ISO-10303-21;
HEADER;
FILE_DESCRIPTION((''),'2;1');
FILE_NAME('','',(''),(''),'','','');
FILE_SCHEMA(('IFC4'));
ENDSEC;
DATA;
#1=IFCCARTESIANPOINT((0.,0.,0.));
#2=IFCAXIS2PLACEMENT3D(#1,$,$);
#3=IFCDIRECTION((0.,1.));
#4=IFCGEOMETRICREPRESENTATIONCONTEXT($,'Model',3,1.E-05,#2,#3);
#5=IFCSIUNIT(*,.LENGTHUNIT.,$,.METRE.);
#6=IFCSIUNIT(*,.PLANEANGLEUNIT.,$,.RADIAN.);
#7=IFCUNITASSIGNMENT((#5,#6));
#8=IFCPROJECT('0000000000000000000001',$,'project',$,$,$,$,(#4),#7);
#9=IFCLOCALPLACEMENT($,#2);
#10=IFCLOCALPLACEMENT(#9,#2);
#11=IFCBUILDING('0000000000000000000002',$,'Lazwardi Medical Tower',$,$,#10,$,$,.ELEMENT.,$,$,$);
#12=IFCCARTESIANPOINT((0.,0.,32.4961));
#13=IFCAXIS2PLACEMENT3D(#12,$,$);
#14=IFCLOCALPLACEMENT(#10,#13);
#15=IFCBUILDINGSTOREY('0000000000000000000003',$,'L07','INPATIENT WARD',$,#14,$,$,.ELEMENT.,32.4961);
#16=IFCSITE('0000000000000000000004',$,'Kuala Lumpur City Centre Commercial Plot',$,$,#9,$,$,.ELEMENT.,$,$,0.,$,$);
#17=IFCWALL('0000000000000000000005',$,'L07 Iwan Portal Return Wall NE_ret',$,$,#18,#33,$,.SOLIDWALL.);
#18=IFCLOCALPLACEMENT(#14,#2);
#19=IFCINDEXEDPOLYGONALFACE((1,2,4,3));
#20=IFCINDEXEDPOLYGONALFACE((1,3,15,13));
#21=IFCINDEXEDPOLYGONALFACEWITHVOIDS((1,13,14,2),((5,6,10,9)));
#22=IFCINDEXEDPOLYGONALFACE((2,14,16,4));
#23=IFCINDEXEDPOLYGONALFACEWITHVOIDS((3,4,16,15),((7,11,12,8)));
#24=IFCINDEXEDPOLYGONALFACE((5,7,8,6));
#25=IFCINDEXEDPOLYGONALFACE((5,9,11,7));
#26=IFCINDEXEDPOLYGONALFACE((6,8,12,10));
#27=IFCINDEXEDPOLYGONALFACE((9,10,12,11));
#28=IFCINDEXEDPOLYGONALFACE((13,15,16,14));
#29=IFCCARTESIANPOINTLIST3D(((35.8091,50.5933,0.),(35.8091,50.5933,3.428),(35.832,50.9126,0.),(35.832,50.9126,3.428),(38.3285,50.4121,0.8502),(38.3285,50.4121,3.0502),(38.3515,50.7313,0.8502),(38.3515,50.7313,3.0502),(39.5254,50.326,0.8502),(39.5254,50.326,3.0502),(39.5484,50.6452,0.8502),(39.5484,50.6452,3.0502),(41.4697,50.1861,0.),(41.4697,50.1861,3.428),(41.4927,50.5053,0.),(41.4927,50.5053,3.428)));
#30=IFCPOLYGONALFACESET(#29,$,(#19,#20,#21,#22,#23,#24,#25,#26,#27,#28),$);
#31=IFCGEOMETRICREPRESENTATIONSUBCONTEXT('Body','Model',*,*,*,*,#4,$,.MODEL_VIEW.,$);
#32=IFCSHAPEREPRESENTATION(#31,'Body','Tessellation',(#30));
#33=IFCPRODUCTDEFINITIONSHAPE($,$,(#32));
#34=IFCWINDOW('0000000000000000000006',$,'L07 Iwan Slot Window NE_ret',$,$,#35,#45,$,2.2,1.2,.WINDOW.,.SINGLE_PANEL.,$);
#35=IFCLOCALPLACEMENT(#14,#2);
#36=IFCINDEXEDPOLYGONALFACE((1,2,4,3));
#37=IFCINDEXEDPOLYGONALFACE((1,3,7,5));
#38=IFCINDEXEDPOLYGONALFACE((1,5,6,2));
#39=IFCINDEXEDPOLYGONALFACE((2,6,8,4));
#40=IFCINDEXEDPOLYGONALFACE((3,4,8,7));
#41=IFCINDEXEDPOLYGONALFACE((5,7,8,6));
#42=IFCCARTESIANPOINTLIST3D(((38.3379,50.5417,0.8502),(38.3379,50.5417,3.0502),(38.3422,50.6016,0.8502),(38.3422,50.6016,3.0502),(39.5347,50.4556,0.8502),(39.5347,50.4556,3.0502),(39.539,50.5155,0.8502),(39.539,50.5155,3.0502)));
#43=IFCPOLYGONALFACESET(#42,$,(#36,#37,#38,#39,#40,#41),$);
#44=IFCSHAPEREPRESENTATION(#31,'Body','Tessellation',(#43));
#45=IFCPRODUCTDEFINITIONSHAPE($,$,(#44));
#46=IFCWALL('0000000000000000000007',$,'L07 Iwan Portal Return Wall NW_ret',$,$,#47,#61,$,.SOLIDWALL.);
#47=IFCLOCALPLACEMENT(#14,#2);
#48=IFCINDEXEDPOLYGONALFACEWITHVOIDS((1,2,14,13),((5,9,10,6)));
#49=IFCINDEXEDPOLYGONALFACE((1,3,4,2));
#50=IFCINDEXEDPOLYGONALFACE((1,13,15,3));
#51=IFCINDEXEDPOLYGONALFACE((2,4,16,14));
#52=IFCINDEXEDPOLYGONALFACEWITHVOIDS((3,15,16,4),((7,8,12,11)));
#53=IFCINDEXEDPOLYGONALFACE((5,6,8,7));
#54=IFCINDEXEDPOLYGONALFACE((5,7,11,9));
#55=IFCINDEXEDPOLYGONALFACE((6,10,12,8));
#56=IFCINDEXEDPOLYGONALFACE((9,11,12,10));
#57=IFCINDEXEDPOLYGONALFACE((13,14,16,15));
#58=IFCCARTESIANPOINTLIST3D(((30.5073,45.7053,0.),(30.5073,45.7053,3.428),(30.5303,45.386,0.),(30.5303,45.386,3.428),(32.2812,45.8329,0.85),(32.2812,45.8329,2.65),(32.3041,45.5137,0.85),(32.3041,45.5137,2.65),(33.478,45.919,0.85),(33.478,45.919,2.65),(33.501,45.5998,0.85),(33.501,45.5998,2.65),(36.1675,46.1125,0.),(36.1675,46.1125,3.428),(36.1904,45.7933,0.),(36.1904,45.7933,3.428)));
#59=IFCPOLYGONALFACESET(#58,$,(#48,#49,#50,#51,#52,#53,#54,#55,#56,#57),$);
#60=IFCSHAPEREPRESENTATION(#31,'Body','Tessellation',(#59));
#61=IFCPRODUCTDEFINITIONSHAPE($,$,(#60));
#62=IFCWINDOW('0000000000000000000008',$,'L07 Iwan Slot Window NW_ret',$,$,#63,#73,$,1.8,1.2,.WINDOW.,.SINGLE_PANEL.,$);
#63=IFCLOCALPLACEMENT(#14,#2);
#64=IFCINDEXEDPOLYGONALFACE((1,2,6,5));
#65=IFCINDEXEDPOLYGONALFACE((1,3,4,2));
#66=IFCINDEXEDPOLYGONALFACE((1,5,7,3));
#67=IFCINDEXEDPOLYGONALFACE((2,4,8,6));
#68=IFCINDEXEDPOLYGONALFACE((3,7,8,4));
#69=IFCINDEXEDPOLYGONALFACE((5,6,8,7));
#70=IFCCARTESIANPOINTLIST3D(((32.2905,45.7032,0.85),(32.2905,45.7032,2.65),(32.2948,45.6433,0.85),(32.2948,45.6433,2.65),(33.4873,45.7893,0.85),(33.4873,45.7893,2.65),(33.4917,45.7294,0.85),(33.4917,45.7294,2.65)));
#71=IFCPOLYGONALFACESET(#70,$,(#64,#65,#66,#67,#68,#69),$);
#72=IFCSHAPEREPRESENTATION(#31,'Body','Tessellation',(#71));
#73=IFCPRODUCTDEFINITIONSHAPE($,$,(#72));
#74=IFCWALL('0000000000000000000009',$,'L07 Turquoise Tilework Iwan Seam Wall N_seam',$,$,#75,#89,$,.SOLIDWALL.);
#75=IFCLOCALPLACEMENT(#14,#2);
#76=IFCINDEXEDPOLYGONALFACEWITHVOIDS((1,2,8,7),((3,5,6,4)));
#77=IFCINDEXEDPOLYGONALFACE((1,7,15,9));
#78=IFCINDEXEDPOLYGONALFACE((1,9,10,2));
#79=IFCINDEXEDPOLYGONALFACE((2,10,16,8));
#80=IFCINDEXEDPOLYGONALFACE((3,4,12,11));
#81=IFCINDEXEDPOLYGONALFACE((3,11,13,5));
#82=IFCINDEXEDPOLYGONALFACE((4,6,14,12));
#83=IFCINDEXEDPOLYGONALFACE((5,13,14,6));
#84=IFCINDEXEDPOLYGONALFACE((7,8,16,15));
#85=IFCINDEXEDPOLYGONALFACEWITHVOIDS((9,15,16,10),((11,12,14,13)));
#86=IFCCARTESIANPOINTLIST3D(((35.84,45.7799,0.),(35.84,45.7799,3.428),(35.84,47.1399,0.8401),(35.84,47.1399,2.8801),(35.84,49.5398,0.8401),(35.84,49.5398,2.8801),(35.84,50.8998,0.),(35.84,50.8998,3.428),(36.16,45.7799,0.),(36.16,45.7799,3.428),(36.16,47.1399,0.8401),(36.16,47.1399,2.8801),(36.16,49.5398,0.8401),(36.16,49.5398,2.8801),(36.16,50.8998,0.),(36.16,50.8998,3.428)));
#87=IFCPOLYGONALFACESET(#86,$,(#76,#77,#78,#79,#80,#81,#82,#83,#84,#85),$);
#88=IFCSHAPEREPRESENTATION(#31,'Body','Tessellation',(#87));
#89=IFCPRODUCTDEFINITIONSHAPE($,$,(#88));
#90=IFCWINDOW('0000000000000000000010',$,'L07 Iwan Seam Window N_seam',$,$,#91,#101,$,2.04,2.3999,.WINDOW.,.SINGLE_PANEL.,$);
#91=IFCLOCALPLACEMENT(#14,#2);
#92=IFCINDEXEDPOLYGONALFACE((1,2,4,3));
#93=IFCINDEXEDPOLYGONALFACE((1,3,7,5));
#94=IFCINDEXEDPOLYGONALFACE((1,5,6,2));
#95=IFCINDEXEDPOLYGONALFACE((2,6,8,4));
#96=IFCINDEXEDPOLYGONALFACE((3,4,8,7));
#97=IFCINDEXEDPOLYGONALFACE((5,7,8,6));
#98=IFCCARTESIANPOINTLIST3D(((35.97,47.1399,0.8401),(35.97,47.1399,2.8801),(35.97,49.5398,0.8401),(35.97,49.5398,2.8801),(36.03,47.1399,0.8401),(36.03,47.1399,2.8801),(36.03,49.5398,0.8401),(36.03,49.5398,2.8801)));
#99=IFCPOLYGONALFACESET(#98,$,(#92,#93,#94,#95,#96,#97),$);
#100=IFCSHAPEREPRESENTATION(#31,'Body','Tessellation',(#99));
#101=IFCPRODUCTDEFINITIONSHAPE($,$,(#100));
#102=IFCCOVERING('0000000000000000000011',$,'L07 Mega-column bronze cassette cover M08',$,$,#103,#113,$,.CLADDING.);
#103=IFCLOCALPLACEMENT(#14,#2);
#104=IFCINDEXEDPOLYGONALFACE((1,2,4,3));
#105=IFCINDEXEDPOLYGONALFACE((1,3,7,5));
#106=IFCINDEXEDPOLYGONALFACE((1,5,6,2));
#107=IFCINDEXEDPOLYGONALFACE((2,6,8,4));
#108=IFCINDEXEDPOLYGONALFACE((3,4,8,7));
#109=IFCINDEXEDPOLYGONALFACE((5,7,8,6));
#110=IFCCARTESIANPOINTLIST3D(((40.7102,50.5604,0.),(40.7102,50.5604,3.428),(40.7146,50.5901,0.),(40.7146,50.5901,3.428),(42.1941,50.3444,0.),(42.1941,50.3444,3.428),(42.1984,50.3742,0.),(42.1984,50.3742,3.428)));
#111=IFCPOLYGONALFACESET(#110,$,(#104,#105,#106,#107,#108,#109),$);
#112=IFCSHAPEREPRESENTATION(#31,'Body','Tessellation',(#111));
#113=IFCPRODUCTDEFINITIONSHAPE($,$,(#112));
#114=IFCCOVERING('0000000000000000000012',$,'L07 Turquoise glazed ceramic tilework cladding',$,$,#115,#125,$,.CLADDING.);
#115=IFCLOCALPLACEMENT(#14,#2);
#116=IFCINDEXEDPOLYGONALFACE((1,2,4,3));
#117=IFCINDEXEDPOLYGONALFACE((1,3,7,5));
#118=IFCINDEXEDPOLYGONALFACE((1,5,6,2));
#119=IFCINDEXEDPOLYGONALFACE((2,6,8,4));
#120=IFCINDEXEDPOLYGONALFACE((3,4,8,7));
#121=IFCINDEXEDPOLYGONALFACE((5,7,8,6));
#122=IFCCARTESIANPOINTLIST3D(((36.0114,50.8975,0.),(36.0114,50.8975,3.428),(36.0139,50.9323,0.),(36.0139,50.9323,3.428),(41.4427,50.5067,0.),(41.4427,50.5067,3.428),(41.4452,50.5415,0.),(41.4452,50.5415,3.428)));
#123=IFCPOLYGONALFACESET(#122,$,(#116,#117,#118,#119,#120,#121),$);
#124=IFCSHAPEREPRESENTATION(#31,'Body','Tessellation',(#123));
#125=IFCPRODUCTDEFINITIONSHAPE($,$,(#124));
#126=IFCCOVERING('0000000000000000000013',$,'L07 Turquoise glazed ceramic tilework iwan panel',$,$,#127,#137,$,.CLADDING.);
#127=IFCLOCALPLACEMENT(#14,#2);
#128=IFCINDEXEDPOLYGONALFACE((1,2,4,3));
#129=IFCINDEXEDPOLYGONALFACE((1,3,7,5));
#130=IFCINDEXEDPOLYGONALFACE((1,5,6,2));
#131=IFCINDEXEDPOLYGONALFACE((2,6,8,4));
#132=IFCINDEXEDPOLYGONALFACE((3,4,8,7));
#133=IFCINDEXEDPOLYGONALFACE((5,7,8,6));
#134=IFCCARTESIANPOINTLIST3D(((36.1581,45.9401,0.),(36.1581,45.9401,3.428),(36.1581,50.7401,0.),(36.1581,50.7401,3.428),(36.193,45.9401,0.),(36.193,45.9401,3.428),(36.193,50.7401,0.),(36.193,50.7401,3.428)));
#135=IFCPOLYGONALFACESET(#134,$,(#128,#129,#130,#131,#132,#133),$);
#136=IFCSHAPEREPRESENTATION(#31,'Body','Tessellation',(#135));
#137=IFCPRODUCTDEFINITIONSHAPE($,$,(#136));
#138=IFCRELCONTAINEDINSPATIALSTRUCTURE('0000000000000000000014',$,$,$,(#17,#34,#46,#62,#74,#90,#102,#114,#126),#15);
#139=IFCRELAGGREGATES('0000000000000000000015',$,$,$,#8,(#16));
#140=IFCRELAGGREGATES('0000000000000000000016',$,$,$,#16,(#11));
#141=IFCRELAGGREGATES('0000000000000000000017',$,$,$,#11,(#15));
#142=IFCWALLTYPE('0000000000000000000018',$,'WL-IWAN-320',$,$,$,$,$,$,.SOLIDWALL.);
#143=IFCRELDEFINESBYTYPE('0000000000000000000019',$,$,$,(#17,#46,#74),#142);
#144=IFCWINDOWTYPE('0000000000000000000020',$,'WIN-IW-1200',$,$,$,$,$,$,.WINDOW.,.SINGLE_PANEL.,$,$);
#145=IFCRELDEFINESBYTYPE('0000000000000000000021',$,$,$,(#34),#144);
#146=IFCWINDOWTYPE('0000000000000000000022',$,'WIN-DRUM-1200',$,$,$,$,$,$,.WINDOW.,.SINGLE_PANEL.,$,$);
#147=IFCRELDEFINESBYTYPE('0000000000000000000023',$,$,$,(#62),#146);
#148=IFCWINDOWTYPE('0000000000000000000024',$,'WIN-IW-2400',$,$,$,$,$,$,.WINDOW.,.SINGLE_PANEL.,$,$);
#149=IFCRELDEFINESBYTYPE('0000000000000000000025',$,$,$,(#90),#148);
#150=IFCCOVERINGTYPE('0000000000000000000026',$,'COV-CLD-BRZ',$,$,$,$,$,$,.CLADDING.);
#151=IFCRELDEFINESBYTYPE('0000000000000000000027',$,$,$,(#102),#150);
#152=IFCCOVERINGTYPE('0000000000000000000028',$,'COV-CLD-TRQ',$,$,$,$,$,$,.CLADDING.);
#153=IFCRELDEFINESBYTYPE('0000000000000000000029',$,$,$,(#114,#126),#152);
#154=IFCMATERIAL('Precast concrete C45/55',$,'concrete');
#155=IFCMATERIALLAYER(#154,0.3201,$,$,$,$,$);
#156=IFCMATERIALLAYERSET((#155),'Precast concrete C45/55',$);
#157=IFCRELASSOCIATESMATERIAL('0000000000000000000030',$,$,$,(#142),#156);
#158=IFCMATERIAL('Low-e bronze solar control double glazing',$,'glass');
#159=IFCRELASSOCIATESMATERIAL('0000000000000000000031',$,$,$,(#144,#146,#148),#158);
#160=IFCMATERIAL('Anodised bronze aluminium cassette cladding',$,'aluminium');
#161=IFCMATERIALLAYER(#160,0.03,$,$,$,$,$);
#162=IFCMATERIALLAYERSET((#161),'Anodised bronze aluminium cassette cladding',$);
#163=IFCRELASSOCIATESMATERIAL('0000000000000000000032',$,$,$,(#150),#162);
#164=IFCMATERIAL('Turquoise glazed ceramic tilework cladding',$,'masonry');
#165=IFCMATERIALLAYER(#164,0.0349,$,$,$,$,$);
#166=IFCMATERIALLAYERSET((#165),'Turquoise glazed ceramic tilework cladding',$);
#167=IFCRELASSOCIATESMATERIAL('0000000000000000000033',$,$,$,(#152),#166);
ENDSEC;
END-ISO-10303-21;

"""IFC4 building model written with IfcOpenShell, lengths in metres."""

from ifc_helpers import new_model, si_unit, direction, frame, frame_2d, origin, origin_2d, place, context, subcontext, project, spatial, rectangle, extrude, material, layer, layer_set, type_object, element, fill, save


model = new_model("IFC4")

# Units and contexts
model_context = context("Model", 3, precision=1e-05, world=origin(), true_north=direction((0.0, 1.0)))
body_context = subcontext(model_context, "Body", "Model", "MODEL_VIEW")
ifc_project = project(units=[si_unit("LENGTHUNIT", "METRE"), si_unit("PLANEANGLEUNIT", "RADIAN")], contexts=[model_context])

# Site, building, storey
site_placement = place(None, origin())
site = spatial("IfcSite", under=ifc_project, at=site_placement, Name="Kuala Lumpur City Centre Commercial Plot", CompositionType="ELEMENT", RefElevation=0.0)
building_placement = place(site_placement, origin())
building = spatial("IfcBuilding", under=site, at=building_placement, Name="Lazwardi Medical Tower", CompositionType="ELEMENT")
storey_placement = place(building_placement, frame((0.0, 0.0, 32.4961)))
storey = spatial("IfcBuildingStorey", under=building, at=storey_placement, Name="L07", Description="INPATIENT WARD", CompositionType="ELEMENT", Elevation=32.4961)

# Shared definitions
ifc_material_1 = material(Name="Low-e bronze solar control double glazing", Category="glass")

# Walls, openings, windows
ifc_material_2 = material(Name="Precast concrete C45/55", Category="concrete")
ifc_layer_1 = layer(ifc_material_2, 0.3201)
ifc_layer_set_1 = layer_set([ifc_layer_1], Name="Precast concrete C45/55")
wall_type_1 = type_object("IfcWallType", Name="WL-IWAN-320", PredefinedType="SOLIDWALL", material=ifc_layer_set_1)
wall_1_placement = place(storey_placement, frame((41.4812, 50.3457, 0.0), z_axis=(0.0, 0.0, 1.0), x_axis=(-0.997422, 0.071755, 0.0)))
wall_1 = element("IfcWall", 1, at=wall_1_placement, inside=storey, type_object=wall_type_1, Name="L07 Iwan Portal Return Wall NE_ret", PredefinedType="SOLIDWALL", context=body_context, shape_type="SweptSolid", body=[
    extrude(rectangle(XDim=5.6753, YDim=0.3201, at=frame_2d((2.8376, 0.0))), origin(), (0.0, 0.0, 1.0), 3.428),
])
opening_1_placement = place(wall_1_placement, frame((1.9492, 0.0, 0.8501)))
opening_1 = element("IfcOpeningElement", 2, at=opening_1_placement, cuts=wall_1, PredefinedType="OPENING", context=body_context, shape_type="SweptSolid", body=[
    extrude(rectangle(XDim=1.2, YDim=2.2, at=frame_2d((0.6001, 1.1001))), frame((0.0, 0.1699, 0.0), z_axis=(0.0, -1.0, 0.0), x_axis=(1.0, 0.0, 0.0)), (0.0, 0.0, 1.0), 0.3401),
])
window_type_1 = type_object("IfcWindowType", Name="WIN-IW-1200", PartitioningType="SINGLE_PANEL", PredefinedType="WINDOW", material=ifc_material_1)
window_1_placement = place(opening_1_placement, origin())
window_1 = element("IfcWindow", 3, at=window_1_placement, inside=storey, type_object=window_type_1, Name="L07 Iwan Slot Window NE_ret", OverallHeight=2.2, OverallWidth=1.2, PartitioningType="SINGLE_PANEL", PredefinedType="WINDOW", context=body_context, shape_type="SweptSolid", body=[
    extrude(rectangle(XDim=1.2, YDim=2.2, at=frame_2d((0.6001, 1.1001))), frame((0.0, 0.03, 0.0), z_axis=(0.0, -1.0, 0.0), x_axis=(1.0, 0.0, 0.0)), (0.0, 0.0, 1.0), 0.0601),
])
fill(opening_1, window_1)
wall_2_placement = place(storey_placement, frame((36.179, 45.9529, 0.0), z_axis=(0.0, 0.0, 1.0), x_axis=(-0.997422, -0.071761, 0.0)))
wall_2 = element("IfcWall", 4, at=wall_2_placement, inside=storey, type_object=wall_type_1, Name="L07 Iwan Portal Return Wall NW_ret", PredefinedType="SOLIDWALL", context=body_context, shape_type="SweptSolid", body=[
    extrude(rectangle(XDim=5.6748, YDim=0.3201, at=frame_2d((2.8374, 0.0))), origin(), (0.0, 0.0, 1.0), 3.428),
])
opening_2_placement = place(wall_2_placement, frame((2.6963, 0.0, 0.8501)))
opening_2 = element("IfcOpeningElement", 5, at=opening_2_placement, cuts=wall_2, PredefinedType="OPENING", context=body_context, shape_type="SweptSolid", body=[
    extrude(rectangle(XDim=1.2, YDim=1.8, at=frame_2d((0.6001, 0.8999))), frame((0.0, 0.1699, 0.0), z_axis=(0.0, -1.0, 0.0), x_axis=(1.0, 0.0, 0.0)), (0.0, 0.0, 1.0), 0.3401),
])
window_type_2 = type_object("IfcWindowType", Name="WIN-DRUM-1200", PartitioningType="SINGLE_PANEL", PredefinedType="WINDOW", material=ifc_material_1)
window_2_placement = place(opening_2_placement, origin())
window_2 = element("IfcWindow", 6, at=window_2_placement, inside=storey, type_object=window_type_2, Name="L07 Iwan Slot Window NW_ret", OverallHeight=1.8, OverallWidth=1.2, PartitioningType="SINGLE_PANEL", PredefinedType="WINDOW", context=body_context, shape_type="SweptSolid", body=[
    extrude(rectangle(XDim=1.2, YDim=1.8, at=frame_2d((0.6001, 0.8999))), frame((0.0, 0.03, 0.0), z_axis=(0.0, -1.0, 0.0), x_axis=(1.0, 0.0, 0.0)), (0.0, 0.0, 1.0), 0.0601),
])
fill(opening_2, window_2)
wall_3_placement = place(storey_placement, frame((36.0, 50.8999, 0.0), z_axis=(0.0, 0.0, 1.0), x_axis=(0.0, -1.0, 0.0)))
wall_3 = element("IfcWall", 7, at=wall_3_placement, inside=storey, type_object=wall_type_1, Name="L07 Turquoise Tilework Iwan Seam Wall N_seam", PredefinedType="SOLIDWALL", context=body_context, shape_type="SweptSolid", body=[
    extrude(rectangle(XDim=5.1199, YDim=0.3201, at=frame_2d((2.5601, 0.0))), origin(), (0.0, 0.0, 1.0), 3.428),
])
opening_3_placement = place(wall_3_placement, frame((1.3601, 0.0, 0.8401)))
opening_3 = element("IfcOpeningElement", 8, at=opening_3_placement, cuts=wall_3, PredefinedType="OPENING", context=body_context, shape_type="SweptSolid", body=[
    extrude(rectangle(XDim=2.3999, YDim=2.04, at=frame_2d((1.2, 1.02))), frame((0.0, 0.1699, 0.0), z_axis=(0.0, -1.0, 0.0), x_axis=(1.0, 0.0, 0.0)), (0.0, 0.0, 1.0), 0.3401),
])
window_type_3 = type_object("IfcWindowType", Name="WIN-IW-2400", PartitioningType="SINGLE_PANEL", PredefinedType="WINDOW", material=ifc_material_1)
window_3_placement = place(opening_3_placement, origin())
window_3 = element("IfcWindow", 9, at=window_3_placement, inside=storey, type_object=window_type_3, Name="L07 Iwan Seam Window N_seam", OverallHeight=2.04, OverallWidth=2.3999, PartitioningType="SINGLE_PANEL", PredefinedType="WINDOW", context=body_context, shape_type="SweptSolid", body=[
    extrude(rectangle(XDim=2.3999, YDim=2.04, at=frame_2d((1.2, 1.02))), frame((0.0, 0.03, 0.0), z_axis=(0.0, -1.0, 0.0), x_axis=(1.0, 0.0, 0.0)), (0.0, 0.0, 1.0), 0.0601),
])
fill(opening_3, window_3)

# Coverings
ifc_material_3 = material(Name="Anodised bronze aluminium cassette cladding", Category="aluminium")
ifc_layer_2 = layer(ifc_material_3, 0.03)
ifc_layer_set_2 = layer_set([ifc_layer_2], Name="Anodised bronze aluminium cassette cladding")
covering_type_1 = type_object("IfcCoveringType", Name="COV-CLD-BRZ", PredefinedType="CLADDING", material=ifc_layer_set_2)
covering_1_placement = place(storey_placement, frame((41.4543, 50.4673, 0.0), z_axis=(0.0, 0.0, 1.0), x_axis=(-0.989573, 0.144035, 0.0)))
element("IfcCovering", 10, at=covering_1_placement, inside=storey, type_object=covering_type_1, Name="L07 Mega-column bronze cassette cover M08", PredefinedType="CLADDING", context=body_context, shape_type="SweptSolid", body=[
    extrude(rectangle(XDim=1.4995, YDim=0.03, at=origin_2d()), origin(), (0.0, 0.0, 1.0), 3.428),
])
ifc_material_4 = material(Name="Turquoise glazed ceramic tilework cladding", Category="masonry")
ifc_layer_3 = layer(ifc_material_4, 0.0349)
ifc_layer_set_3 = layer_set([ifc_layer_3], Name="Turquoise glazed ceramic tilework cladding")
covering_type_2 = type_object("IfcCoveringType", Name="COV-CLD-TRQ", PredefinedType="CLADDING", material=ifc_layer_set_3)
covering_2_placement = place(storey_placement, frame((38.7283, 50.7195, 0.0), z_axis=(0.0, 0.0, 1.0), x_axis=(-0.997421, 0.071767, 0.0)))
element("IfcCovering", 11, at=covering_2_placement, inside=storey, type_object=covering_type_2, Name="L07 Turquoise glazed ceramic tilework cladding", PredefinedType="CLADDING", context=body_context, shape_type="SweptSolid", body=[
    extrude(rectangle(XDim=5.4453, YDim=0.0349, at=origin_2d()), origin(), (0.0, 0.0, 1.0), 3.428),
])
covering_3_placement = place(storey_placement, frame((36.1755, 48.3401, 0.0), z_axis=(0.0, 0.0, 1.0), x_axis=(0.0, -1.0, 0.0)))
element("IfcCovering", 12, at=covering_3_placement, inside=storey, type_object=covering_type_2, Name="L07 Turquoise glazed ceramic tilework iwan panel", PredefinedType="CLADDING", context=body_context, shape_type="SweptSolid", body=[
    extrude(rectangle(XDim=4.8, YDim=0.0349, at=origin_2d()), origin(), (0.0, 0.0, 1.0), 3.428),
])

save(model, "model.ifc")
